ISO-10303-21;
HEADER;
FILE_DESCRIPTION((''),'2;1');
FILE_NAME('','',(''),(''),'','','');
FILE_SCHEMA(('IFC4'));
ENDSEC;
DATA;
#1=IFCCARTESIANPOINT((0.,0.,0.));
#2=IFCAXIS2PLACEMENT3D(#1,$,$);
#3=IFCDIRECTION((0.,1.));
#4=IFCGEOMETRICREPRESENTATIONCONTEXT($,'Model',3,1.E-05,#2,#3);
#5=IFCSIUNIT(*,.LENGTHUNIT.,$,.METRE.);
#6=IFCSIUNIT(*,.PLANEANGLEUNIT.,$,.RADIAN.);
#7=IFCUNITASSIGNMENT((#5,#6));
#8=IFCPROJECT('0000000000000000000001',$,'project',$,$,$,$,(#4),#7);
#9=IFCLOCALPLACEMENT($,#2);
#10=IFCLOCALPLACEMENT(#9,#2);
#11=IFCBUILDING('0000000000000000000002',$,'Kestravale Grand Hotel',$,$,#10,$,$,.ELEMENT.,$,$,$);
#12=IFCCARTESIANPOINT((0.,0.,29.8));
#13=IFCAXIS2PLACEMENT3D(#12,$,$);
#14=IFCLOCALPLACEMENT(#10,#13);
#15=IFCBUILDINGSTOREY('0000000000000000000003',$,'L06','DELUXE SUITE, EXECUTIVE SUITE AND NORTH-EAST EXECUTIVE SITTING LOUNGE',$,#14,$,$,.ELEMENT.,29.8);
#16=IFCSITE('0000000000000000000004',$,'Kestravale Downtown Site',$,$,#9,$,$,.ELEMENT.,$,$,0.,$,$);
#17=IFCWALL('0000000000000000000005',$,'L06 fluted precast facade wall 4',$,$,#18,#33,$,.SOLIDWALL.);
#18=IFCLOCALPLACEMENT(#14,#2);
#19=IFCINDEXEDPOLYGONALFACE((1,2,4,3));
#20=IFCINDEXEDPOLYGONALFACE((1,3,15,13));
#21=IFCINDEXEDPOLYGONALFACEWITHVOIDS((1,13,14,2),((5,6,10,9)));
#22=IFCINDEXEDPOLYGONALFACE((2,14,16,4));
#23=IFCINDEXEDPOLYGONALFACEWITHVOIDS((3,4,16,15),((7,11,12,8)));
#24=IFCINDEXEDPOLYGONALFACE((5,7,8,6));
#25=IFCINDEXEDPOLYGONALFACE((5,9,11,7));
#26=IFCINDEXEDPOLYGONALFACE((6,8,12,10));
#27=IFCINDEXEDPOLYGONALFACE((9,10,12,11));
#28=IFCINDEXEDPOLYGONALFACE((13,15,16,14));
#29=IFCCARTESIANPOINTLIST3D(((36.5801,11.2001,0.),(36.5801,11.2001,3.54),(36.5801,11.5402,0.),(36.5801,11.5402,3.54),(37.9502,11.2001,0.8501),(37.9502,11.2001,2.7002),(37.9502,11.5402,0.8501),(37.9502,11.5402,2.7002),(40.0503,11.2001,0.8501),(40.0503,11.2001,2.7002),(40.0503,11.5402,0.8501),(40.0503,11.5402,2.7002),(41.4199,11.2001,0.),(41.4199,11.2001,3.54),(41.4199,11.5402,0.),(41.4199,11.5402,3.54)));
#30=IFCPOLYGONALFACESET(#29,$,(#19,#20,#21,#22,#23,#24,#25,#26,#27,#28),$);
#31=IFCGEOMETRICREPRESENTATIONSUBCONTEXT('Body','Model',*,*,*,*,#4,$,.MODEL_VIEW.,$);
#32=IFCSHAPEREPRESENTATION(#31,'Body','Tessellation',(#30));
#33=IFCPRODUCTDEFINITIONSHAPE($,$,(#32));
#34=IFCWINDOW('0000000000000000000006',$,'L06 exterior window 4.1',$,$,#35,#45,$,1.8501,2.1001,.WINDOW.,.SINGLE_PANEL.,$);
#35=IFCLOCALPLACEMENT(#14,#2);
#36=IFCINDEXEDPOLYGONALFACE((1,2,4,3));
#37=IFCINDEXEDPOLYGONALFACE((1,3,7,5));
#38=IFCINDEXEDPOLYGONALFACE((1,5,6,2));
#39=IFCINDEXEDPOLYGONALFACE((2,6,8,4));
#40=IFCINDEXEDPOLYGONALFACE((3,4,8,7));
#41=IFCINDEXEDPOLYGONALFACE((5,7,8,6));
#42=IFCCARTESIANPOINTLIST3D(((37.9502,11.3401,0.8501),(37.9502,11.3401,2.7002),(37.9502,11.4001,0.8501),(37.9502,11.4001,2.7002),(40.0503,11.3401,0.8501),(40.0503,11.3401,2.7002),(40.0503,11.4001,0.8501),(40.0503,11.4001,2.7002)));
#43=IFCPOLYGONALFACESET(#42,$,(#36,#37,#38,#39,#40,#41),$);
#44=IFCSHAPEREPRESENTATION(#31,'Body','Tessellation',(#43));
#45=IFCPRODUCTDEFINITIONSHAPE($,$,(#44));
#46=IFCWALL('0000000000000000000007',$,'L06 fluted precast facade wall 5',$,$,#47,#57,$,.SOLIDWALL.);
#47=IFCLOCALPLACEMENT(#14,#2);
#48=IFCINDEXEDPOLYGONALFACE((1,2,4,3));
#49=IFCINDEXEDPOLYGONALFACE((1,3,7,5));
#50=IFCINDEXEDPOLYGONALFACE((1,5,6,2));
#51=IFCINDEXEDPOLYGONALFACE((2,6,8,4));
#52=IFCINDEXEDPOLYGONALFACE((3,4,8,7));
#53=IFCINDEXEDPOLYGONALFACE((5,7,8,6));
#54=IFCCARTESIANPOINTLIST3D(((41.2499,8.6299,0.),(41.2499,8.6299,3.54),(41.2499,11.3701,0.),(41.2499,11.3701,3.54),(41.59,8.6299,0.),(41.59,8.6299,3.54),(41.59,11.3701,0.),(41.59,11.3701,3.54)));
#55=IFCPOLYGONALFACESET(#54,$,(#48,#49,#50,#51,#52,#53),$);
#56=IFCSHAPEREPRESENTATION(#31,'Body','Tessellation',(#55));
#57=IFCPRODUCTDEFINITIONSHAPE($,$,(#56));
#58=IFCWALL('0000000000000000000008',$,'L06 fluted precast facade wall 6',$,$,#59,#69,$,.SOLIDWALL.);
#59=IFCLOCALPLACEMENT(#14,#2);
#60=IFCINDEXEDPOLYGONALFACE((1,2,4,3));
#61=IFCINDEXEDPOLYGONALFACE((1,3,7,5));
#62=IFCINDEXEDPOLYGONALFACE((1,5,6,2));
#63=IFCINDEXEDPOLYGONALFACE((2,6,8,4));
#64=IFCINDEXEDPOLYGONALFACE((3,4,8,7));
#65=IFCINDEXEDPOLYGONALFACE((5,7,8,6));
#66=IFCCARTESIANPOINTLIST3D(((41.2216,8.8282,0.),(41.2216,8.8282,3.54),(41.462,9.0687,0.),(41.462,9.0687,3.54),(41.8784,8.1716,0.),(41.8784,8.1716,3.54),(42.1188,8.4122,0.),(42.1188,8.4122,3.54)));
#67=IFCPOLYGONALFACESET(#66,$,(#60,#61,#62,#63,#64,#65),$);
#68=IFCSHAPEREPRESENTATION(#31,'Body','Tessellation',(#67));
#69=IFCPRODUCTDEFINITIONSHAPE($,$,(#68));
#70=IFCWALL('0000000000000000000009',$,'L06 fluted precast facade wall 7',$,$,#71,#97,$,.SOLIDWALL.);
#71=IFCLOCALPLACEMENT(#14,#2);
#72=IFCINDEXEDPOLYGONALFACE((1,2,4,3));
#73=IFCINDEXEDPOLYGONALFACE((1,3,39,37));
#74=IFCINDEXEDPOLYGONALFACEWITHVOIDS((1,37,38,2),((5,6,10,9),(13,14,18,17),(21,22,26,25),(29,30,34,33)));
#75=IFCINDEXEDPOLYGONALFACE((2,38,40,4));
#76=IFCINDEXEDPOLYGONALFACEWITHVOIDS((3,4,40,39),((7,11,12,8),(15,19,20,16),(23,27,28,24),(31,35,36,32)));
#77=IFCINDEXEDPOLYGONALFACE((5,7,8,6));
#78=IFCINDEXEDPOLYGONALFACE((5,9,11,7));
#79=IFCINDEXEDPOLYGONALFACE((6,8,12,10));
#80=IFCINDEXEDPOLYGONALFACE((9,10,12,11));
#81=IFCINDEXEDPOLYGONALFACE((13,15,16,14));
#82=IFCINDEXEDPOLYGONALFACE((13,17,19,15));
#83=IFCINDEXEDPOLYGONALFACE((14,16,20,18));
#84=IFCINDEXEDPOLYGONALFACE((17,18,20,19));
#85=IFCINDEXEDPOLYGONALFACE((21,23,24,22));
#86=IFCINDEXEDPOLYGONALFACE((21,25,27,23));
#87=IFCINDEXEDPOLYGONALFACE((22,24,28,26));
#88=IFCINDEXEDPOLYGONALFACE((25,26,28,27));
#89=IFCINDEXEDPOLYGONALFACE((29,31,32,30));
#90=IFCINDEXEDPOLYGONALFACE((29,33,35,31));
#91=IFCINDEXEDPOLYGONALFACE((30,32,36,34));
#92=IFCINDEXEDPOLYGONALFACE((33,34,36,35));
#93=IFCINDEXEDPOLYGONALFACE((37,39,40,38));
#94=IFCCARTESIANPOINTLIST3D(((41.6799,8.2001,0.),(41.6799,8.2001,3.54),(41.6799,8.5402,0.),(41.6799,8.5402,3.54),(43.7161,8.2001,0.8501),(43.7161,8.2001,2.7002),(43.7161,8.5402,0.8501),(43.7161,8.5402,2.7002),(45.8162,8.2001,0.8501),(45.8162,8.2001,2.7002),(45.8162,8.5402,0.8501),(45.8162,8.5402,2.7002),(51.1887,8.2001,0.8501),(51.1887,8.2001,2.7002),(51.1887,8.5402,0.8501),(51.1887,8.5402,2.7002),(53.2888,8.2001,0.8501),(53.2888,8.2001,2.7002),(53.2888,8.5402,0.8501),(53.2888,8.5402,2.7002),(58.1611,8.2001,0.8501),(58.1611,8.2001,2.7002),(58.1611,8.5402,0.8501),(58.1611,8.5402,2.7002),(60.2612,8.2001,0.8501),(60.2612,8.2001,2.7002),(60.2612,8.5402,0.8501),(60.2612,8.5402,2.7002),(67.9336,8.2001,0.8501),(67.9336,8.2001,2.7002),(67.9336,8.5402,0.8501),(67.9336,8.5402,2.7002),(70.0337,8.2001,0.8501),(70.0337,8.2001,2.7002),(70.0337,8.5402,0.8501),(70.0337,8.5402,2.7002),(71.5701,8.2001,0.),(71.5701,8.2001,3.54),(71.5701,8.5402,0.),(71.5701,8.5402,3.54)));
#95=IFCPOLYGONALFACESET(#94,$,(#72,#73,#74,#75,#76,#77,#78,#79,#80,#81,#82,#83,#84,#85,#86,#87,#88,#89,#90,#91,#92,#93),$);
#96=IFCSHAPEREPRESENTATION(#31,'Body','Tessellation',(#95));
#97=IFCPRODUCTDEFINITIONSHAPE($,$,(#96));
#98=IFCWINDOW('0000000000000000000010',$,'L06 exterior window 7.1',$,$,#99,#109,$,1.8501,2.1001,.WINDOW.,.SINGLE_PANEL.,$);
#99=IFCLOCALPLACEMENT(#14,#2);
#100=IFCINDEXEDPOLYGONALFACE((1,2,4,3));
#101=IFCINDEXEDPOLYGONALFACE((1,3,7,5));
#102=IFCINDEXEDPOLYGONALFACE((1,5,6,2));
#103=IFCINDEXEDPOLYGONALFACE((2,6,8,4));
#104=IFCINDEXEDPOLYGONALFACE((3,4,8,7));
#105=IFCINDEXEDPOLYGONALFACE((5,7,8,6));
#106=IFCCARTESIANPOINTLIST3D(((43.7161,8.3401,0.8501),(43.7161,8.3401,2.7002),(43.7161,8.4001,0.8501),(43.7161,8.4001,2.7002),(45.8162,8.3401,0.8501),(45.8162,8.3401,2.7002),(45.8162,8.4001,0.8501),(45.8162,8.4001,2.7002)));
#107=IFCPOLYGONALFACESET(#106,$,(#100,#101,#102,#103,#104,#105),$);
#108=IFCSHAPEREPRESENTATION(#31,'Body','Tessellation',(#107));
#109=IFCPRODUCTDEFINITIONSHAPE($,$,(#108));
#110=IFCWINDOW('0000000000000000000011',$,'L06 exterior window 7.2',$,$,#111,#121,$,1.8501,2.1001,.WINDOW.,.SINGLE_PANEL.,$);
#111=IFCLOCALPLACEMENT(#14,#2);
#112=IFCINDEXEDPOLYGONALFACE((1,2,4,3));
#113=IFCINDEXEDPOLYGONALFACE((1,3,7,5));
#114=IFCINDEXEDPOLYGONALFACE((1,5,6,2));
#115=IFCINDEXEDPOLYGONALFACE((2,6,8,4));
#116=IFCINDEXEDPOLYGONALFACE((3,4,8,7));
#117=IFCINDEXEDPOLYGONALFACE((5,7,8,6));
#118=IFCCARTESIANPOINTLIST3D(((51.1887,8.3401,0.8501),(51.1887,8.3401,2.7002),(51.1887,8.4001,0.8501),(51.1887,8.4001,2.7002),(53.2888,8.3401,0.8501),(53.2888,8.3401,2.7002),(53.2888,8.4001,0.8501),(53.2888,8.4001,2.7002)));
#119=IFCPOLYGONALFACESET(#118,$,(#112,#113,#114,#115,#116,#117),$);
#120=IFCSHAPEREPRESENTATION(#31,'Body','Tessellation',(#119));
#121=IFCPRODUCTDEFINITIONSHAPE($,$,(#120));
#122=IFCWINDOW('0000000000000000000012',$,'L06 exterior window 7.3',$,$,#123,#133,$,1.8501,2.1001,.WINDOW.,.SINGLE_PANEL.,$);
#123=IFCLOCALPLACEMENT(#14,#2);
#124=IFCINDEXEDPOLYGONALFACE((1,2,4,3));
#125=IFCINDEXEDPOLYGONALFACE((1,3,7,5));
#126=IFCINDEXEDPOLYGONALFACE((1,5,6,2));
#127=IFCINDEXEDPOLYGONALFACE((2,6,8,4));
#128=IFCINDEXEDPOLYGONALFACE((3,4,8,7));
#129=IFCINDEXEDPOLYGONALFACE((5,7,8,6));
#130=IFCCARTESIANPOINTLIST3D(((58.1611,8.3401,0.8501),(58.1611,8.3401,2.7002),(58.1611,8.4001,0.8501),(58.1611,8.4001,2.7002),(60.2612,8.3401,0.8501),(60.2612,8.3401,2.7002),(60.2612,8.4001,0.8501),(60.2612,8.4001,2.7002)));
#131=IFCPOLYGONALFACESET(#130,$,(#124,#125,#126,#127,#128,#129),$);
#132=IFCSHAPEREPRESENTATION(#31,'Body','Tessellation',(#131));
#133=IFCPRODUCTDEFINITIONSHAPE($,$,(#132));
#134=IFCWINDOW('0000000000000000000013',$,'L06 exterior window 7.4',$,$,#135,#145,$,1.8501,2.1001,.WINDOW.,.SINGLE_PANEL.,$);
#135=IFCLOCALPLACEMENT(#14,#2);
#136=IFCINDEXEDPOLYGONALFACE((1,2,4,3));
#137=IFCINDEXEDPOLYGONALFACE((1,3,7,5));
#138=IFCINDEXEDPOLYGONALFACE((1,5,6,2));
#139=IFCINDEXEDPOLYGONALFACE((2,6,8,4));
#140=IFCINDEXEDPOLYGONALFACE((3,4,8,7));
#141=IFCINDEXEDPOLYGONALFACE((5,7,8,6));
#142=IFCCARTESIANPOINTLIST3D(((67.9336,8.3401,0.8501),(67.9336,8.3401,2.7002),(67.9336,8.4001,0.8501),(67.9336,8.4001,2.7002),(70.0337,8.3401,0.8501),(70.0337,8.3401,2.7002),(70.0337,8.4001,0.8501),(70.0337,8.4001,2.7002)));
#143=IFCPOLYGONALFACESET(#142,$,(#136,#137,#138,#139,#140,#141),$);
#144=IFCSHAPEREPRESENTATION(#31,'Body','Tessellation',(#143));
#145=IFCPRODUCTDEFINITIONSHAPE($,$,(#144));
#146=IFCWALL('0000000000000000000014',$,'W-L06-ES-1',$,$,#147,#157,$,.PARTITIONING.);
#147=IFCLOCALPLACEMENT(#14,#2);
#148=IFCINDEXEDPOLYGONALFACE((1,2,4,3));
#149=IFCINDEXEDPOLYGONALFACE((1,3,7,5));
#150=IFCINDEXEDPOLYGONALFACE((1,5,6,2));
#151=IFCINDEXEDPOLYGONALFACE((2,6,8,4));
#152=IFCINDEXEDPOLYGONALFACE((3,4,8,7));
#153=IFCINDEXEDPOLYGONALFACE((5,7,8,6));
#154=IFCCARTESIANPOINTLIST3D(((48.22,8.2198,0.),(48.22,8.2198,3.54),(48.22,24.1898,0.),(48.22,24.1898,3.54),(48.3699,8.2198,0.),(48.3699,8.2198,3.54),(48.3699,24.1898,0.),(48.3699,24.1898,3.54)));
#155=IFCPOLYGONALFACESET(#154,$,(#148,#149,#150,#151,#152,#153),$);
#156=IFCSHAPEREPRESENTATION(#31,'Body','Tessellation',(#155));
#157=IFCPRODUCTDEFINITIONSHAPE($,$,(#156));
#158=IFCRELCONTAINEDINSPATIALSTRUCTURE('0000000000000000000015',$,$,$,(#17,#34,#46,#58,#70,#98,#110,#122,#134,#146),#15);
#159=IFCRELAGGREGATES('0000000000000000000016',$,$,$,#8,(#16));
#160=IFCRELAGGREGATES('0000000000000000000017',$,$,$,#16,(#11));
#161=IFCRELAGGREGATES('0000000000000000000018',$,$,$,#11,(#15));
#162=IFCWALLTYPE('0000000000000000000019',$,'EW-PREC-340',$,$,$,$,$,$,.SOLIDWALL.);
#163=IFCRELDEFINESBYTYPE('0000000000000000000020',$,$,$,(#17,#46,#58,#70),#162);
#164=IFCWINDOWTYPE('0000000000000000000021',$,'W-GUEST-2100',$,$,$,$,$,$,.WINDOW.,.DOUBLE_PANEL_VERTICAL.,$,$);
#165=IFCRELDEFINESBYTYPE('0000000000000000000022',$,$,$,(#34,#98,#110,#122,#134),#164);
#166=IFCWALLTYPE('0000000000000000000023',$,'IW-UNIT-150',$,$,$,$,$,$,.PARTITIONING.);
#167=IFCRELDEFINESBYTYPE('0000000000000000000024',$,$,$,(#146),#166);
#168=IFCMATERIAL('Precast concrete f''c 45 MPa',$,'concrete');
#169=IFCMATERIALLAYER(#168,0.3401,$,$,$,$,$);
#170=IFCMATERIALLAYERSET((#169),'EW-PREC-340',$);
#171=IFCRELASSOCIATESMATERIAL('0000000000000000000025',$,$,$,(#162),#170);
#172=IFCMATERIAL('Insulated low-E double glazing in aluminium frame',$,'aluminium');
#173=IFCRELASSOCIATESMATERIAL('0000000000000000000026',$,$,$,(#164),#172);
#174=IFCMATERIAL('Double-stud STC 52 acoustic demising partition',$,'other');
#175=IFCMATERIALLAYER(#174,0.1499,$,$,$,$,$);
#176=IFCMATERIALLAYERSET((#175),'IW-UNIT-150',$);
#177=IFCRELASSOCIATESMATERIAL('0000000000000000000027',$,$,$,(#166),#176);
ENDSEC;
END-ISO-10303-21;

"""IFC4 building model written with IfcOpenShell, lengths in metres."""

from ifc_helpers import new_model, si_unit, direction, frame, frame_2d, origin, place, context, subcontext, project, spatial, rectangle, extrude, material, layer, layer_set, type_object, element, fill, save


model = new_model("IFC4")

# Units and contexts
model_context = context("Model", 3, precision=1e-05, world=origin(), true_north=direction((0.0, 1.0)))
body_context = subcontext(model_context, "Body", "Model", "MODEL_VIEW")
ifc_project = project(units=[si_unit("LENGTHUNIT", "METRE"), si_unit("PLANEANGLEUNIT", "RADIAN")], contexts=[model_context])

# Site, building, storey
site_placement = place(None, origin())
site = spatial("IfcSite", under=ifc_project, at=site_placement, Name="Kestravale Downtown Site", CompositionType="ELEMENT", RefElevation=0.0)
building_placement = place(site_placement, origin())
building = spatial("IfcBuilding", under=site, at=building_placement, Name="Kestravale Grand Hotel", CompositionType="ELEMENT")
storey_placement = place(building_placement, frame((0.0, 0.0, 29.8)))
storey = spatial("IfcBuildingStorey", under=building, at=storey_placement, Name="L06", Description="DELUXE SUITE, EXECUTIVE SUITE AND NORTH-EAST EXECUTIVE SITTING LOUNGE", CompositionType="ELEMENT", Elevation=29.8)

# Shared definitions
ifc_material_1 = material(Name="Precast concrete f'c 45 MPa", Category="concrete")
ifc_layer_1 = layer(ifc_material_1, 0.3401)
ifc_layer_set_1 = layer_set([ifc_layer_1], Name="EW-PREC-340")
wall_type_1 = type_object("IfcWallType", Name="EW-PREC-340", PredefinedType="SOLIDWALL", material=ifc_layer_set_1)

# Wall, opening, window
ifc_material_2 = material(Name="Insulated low-E double glazing in aluminium frame", Category="aluminium")
window_type = type_object("IfcWindowType", Name="W-GUEST-2100", PartitioningType="DOUBLE_PANEL_VERTICAL", PredefinedType="WINDOW", material=ifc_material_2)
wall_1_placement = place(storey_placement, frame((36.5801, 11.3701, 0.0), z_axis=(0.0, 0.0, 1.0), x_axis=(1.0, 0.0, 0.0)))
wall_1 = element("IfcWall", 1, at=wall_1_placement, inside=storey, type_object=wall_type_1, Name="L06 fluted precast facade wall 4", PredefinedType="SOLIDWALL", context=body_context, shape_type="SweptSolid", body=[
    extrude(rectangle(XDim=4.8398, YDim=0.3401, at=frame_2d((2.4199, 0.0))), origin(), (0.0, 0.0, 1.0), 3.54),
])
opening_1_placement = place(wall_1_placement, frame((1.3701, 0.0, 0.8501)))
opening_1 = element("IfcOpeningElement", 2, at=opening_1_placement, cuts=wall_1, PredefinedType="OPENING", context=body_context, shape_type="SweptSolid", body=[
    extrude(rectangle(XDim=2.1001, YDim=1.8501, at=frame_2d((1.05, 0.925))), frame((0.0, 0.1799, 0.0), z_axis=(0.0, -1.0, 0.0), x_axis=(1.0, 0.0, 0.0)), (0.0, 0.0, 1.0), 0.3601),
])
window_1_placement = place(opening_1_placement, origin())
window_1 = element("IfcWindow", 3, at=window_1_placement, inside=storey, type_object=window_type, Name="L06 exterior window 4.1", OverallHeight=1.8501, OverallWidth=2.1001, PartitioningType="SINGLE_PANEL", PredefinedType="WINDOW", context=body_context, shape_type="SweptSolid", body=[
    extrude(rectangle(XDim=2.1001, YDim=1.8501, at=frame_2d((1.05, 0.925))), frame((0.0, 0.03, 0.0), z_axis=(0.0, -1.0, 0.0), x_axis=(1.0, 0.0, 0.0)), (0.0, 0.0, 1.0), 0.0601),
])
fill(opening_1, window_1)

# Walls
wall_2_placement = place(storey_placement, frame((41.4199, 11.3701, 0.0), z_axis=(0.0, 0.0, 1.0), x_axis=(0.0, -1.0, 0.0)))
element("IfcWall", 4, at=wall_2_placement, inside=storey, type_object=wall_type_1, Name="L06 fluted precast facade wall 5", PredefinedType="SOLIDWALL", context=body_context, shape_type="SweptSolid", body=[
    extrude(rectangle(XDim=2.7402, YDim=0.3401, at=frame_2d((1.3701, 0.0))), origin(), (0.0, 0.0, 1.0), 3.54),
])
wall_3_placement = place(storey_placement, frame((41.3418, 8.9485, 0.0), z_axis=(0.0, 0.0, 1.0), x_axis=(0.707238, -0.706975, 0.0)))
element("IfcWall", 5, at=wall_3_placement, inside=storey, type_object=wall_type_1, Name="L06 fluted precast facade wall 6", PredefinedType="SOLIDWALL", context=body_context, shape_type="SweptSolid", body=[
    extrude(rectangle(XDim=0.9287, YDim=0.3401, at=frame_2d((0.4644, 0.0))), origin(), (0.0, 0.0, 1.0), 3.54),
])

# Wall, openings, windows
wall_4_placement = place(storey_placement, frame((41.6799, 8.3701, 0.0), z_axis=(0.0, 0.0, 1.0), x_axis=(1.0, 0.0, 0.0)))
wall_4 = element("IfcWall", 6, at=wall_4_placement, inside=storey, type_object=wall_type_1, Name="L06 fluted precast facade wall 7", PredefinedType="SOLIDWALL", context=body_context, shape_type="SweptSolid", body=[
    extrude(rectangle(XDim=29.8901, YDim=0.3401, at=frame_2d((14.9451, 0.0))), origin(), (0.0, 0.0, 1.0), 3.54),
])
opening_2_placement = place(wall_4_placement, frame((2.0361, 0.0, 0.8501)))
opening_2 = element("IfcOpeningElement", 7, at=opening_2_placement, cuts=wall_4, PredefinedType="OPENING", context=body_context, shape_type="SweptSolid", body=[
    extrude(rectangle(XDim=2.1001, YDim=1.8501, at=frame_2d((1.05, 0.925))), frame((0.0, 0.1799, 0.0), z_axis=(0.0, -1.0, 0.0), x_axis=(1.0, 0.0, 0.0)), (0.0, 0.0, 1.0), 0.3601),
])
opening_3_placement = place(wall_4_placement, frame((9.5088, 0.0, 0.8501)))
opening_3 = element("IfcOpeningElement", 8, at=opening_3_placement, cuts=wall_4, PredefinedType="OPENING", context=body_context, shape_type="SweptSolid", body=[
    extrude(rectangle(XDim=2.1001, YDim=1.8501, at=frame_2d((1.05, 0.925))), frame((0.0, 0.1799, 0.0), z_axis=(0.0, -1.0, 0.0), x_axis=(1.0, 0.0, 0.0)), (0.0, 0.0, 1.0), 0.3601),
])
opening_4_placement = place(wall_4_placement, frame((16.4812, 0.0, 0.8501)))
opening_4 = element("IfcOpeningElement", 9, at=opening_4_placement, cuts=wall_4, PredefinedType="OPENING", context=body_context, shape_type="SweptSolid", body=[
    extrude(rectangle(XDim=2.1001, YDim=1.8501, at=frame_2d((1.05, 0.925))), frame((0.0, 0.1799, 0.0), z_axis=(0.0, -1.0, 0.0), x_axis=(1.0, 0.0, 0.0)), (0.0, 0.0, 1.0), 0.3601),
])
opening_5_placement = place(wall_4_placement, frame((26.2537, 0.0, 0.8501)))
opening_5 = element("IfcOpeningElement", 10, at=opening_5_placement, cuts=wall_4, PredefinedType="OPENING", context=body_context, shape_type="SweptSolid", body=[
    extrude(rectangle(XDim=2.1001, YDim=1.8501, at=frame_2d((1.05, 0.925))), frame((0.0, 0.1799, 0.0), z_axis=(0.0, -1.0, 0.0), x_axis=(1.0, 0.0, 0.0)), (0.0, 0.0, 1.0), 0.3601),
])
window_2_placement = place(opening_2_placement, origin())
window_2 = element("IfcWindow", 11, at=window_2_placement, inside=storey, type_object=window_type, Name="L06 exterior window 7.1", OverallHeight=1.8501, OverallWidth=2.1001, PartitioningType="SINGLE_PANEL", PredefinedType="WINDOW", context=body_context, shape_type="SweptSolid", body=[
    extrude(rectangle(XDim=2.1001, YDim=1.8501, at=frame_2d((1.05, 0.925))), frame((0.0, 0.03, 0.0), z_axis=(0.0, -1.0, 0.0), x_axis=(1.0, 0.0, 0.0)), (0.0, 0.0, 1.0), 0.0601),
])
fill(opening_2, window_2)
window_3_placement = place(opening_3_placement, origin())
window_3 = element("IfcWindow", 12, at=window_3_placement, inside=storey, type_object=window_type, Name="L06 exterior window 7.2", OverallHeight=1.8501, OverallWidth=2.1001, PartitioningType="SINGLE_PANEL", PredefinedType="WINDOW", context=body_context, shape_type="SweptSolid", body=[
    extrude(rectangle(XDim=2.1001, YDim=1.8501, at=frame_2d((1.05, 0.925))), frame((0.0, 0.03, 0.0), z_axis=(0.0, -1.0, 0.0), x_axis=(1.0, 0.0, 0.0)), (0.0, 0.0, 1.0), 0.0601),
])
fill(opening_3, window_3)
window_4_placement = place(opening_4_placement, origin())
window_4 = element("IfcWindow", 13, at=window_4_placement, inside=storey, type_object=window_type, Name="L06 exterior window 7.3", OverallHeight=1.8501, OverallWidth=2.1001, PartitioningType="SINGLE_PANEL", PredefinedType="WINDOW", context=body_context, shape_type="SweptSolid", body=[
    extrude(rectangle(XDim=2.1001, YDim=1.8501, at=frame_2d((1.05, 0.925))), frame((0.0, 0.03, 0.0), z_axis=(0.0, -1.0, 0.0), x_axis=(1.0, 0.0, 0.0)), (0.0, 0.0, 1.0), 0.0601),
])
fill(opening_4, window_4)
window_5_placement = place(opening_5_placement, origin())
window_5 = element("IfcWindow", 14, at=window_5_placement, inside=storey, type_object=window_type, Name="L06 exterior window 7.4", OverallHeight=1.8501, OverallWidth=2.1001, PartitioningType="SINGLE_PANEL", PredefinedType="WINDOW", context=body_context, shape_type="SweptSolid", body=[
    extrude(rectangle(XDim=2.1001, YDim=1.8501, at=frame_2d((1.05, 0.925))), frame((0.0, 0.03, 0.0), z_axis=(0.0, -1.0, 0.0), x_axis=(1.0, 0.0, 0.0)), (0.0, 0.0, 1.0), 0.0601),
])
fill(opening_5, window_5)

# Wall
ifc_material_3 = material(Name="Double-stud STC 52 acoustic demising partition", Category="other")
ifc_layer_2 = layer(ifc_material_3, 0.1499)
ifc_layer_set_2 = layer_set([ifc_layer_2], Name="IW-UNIT-150")
wall_type_2 = type_object("IfcWallType", Name="IW-UNIT-150", PredefinedType="PARTITIONING", material=ifc_layer_set_2)
wall_5_placement = place(storey_placement, frame((48.2949, 8.22, 0.0), z_axis=(0.0, 0.0, 1.0), x_axis=(0.0, 1.0, 0.0)))
element("IfcWall", 15, at=wall_5_placement, inside=storey, type_object=wall_type_2, Name="W-L06-ES-1", PredefinedType="PARTITIONING", context=body_context, shape_type="SweptSolid", body=[
    extrude(rectangle(XDim=15.97, YDim=0.1499, at=frame_2d((7.9849, 0.0))), origin(), (0.0, 0.0, 1.0), 3.54),
])

save(model, "model.ifc")
